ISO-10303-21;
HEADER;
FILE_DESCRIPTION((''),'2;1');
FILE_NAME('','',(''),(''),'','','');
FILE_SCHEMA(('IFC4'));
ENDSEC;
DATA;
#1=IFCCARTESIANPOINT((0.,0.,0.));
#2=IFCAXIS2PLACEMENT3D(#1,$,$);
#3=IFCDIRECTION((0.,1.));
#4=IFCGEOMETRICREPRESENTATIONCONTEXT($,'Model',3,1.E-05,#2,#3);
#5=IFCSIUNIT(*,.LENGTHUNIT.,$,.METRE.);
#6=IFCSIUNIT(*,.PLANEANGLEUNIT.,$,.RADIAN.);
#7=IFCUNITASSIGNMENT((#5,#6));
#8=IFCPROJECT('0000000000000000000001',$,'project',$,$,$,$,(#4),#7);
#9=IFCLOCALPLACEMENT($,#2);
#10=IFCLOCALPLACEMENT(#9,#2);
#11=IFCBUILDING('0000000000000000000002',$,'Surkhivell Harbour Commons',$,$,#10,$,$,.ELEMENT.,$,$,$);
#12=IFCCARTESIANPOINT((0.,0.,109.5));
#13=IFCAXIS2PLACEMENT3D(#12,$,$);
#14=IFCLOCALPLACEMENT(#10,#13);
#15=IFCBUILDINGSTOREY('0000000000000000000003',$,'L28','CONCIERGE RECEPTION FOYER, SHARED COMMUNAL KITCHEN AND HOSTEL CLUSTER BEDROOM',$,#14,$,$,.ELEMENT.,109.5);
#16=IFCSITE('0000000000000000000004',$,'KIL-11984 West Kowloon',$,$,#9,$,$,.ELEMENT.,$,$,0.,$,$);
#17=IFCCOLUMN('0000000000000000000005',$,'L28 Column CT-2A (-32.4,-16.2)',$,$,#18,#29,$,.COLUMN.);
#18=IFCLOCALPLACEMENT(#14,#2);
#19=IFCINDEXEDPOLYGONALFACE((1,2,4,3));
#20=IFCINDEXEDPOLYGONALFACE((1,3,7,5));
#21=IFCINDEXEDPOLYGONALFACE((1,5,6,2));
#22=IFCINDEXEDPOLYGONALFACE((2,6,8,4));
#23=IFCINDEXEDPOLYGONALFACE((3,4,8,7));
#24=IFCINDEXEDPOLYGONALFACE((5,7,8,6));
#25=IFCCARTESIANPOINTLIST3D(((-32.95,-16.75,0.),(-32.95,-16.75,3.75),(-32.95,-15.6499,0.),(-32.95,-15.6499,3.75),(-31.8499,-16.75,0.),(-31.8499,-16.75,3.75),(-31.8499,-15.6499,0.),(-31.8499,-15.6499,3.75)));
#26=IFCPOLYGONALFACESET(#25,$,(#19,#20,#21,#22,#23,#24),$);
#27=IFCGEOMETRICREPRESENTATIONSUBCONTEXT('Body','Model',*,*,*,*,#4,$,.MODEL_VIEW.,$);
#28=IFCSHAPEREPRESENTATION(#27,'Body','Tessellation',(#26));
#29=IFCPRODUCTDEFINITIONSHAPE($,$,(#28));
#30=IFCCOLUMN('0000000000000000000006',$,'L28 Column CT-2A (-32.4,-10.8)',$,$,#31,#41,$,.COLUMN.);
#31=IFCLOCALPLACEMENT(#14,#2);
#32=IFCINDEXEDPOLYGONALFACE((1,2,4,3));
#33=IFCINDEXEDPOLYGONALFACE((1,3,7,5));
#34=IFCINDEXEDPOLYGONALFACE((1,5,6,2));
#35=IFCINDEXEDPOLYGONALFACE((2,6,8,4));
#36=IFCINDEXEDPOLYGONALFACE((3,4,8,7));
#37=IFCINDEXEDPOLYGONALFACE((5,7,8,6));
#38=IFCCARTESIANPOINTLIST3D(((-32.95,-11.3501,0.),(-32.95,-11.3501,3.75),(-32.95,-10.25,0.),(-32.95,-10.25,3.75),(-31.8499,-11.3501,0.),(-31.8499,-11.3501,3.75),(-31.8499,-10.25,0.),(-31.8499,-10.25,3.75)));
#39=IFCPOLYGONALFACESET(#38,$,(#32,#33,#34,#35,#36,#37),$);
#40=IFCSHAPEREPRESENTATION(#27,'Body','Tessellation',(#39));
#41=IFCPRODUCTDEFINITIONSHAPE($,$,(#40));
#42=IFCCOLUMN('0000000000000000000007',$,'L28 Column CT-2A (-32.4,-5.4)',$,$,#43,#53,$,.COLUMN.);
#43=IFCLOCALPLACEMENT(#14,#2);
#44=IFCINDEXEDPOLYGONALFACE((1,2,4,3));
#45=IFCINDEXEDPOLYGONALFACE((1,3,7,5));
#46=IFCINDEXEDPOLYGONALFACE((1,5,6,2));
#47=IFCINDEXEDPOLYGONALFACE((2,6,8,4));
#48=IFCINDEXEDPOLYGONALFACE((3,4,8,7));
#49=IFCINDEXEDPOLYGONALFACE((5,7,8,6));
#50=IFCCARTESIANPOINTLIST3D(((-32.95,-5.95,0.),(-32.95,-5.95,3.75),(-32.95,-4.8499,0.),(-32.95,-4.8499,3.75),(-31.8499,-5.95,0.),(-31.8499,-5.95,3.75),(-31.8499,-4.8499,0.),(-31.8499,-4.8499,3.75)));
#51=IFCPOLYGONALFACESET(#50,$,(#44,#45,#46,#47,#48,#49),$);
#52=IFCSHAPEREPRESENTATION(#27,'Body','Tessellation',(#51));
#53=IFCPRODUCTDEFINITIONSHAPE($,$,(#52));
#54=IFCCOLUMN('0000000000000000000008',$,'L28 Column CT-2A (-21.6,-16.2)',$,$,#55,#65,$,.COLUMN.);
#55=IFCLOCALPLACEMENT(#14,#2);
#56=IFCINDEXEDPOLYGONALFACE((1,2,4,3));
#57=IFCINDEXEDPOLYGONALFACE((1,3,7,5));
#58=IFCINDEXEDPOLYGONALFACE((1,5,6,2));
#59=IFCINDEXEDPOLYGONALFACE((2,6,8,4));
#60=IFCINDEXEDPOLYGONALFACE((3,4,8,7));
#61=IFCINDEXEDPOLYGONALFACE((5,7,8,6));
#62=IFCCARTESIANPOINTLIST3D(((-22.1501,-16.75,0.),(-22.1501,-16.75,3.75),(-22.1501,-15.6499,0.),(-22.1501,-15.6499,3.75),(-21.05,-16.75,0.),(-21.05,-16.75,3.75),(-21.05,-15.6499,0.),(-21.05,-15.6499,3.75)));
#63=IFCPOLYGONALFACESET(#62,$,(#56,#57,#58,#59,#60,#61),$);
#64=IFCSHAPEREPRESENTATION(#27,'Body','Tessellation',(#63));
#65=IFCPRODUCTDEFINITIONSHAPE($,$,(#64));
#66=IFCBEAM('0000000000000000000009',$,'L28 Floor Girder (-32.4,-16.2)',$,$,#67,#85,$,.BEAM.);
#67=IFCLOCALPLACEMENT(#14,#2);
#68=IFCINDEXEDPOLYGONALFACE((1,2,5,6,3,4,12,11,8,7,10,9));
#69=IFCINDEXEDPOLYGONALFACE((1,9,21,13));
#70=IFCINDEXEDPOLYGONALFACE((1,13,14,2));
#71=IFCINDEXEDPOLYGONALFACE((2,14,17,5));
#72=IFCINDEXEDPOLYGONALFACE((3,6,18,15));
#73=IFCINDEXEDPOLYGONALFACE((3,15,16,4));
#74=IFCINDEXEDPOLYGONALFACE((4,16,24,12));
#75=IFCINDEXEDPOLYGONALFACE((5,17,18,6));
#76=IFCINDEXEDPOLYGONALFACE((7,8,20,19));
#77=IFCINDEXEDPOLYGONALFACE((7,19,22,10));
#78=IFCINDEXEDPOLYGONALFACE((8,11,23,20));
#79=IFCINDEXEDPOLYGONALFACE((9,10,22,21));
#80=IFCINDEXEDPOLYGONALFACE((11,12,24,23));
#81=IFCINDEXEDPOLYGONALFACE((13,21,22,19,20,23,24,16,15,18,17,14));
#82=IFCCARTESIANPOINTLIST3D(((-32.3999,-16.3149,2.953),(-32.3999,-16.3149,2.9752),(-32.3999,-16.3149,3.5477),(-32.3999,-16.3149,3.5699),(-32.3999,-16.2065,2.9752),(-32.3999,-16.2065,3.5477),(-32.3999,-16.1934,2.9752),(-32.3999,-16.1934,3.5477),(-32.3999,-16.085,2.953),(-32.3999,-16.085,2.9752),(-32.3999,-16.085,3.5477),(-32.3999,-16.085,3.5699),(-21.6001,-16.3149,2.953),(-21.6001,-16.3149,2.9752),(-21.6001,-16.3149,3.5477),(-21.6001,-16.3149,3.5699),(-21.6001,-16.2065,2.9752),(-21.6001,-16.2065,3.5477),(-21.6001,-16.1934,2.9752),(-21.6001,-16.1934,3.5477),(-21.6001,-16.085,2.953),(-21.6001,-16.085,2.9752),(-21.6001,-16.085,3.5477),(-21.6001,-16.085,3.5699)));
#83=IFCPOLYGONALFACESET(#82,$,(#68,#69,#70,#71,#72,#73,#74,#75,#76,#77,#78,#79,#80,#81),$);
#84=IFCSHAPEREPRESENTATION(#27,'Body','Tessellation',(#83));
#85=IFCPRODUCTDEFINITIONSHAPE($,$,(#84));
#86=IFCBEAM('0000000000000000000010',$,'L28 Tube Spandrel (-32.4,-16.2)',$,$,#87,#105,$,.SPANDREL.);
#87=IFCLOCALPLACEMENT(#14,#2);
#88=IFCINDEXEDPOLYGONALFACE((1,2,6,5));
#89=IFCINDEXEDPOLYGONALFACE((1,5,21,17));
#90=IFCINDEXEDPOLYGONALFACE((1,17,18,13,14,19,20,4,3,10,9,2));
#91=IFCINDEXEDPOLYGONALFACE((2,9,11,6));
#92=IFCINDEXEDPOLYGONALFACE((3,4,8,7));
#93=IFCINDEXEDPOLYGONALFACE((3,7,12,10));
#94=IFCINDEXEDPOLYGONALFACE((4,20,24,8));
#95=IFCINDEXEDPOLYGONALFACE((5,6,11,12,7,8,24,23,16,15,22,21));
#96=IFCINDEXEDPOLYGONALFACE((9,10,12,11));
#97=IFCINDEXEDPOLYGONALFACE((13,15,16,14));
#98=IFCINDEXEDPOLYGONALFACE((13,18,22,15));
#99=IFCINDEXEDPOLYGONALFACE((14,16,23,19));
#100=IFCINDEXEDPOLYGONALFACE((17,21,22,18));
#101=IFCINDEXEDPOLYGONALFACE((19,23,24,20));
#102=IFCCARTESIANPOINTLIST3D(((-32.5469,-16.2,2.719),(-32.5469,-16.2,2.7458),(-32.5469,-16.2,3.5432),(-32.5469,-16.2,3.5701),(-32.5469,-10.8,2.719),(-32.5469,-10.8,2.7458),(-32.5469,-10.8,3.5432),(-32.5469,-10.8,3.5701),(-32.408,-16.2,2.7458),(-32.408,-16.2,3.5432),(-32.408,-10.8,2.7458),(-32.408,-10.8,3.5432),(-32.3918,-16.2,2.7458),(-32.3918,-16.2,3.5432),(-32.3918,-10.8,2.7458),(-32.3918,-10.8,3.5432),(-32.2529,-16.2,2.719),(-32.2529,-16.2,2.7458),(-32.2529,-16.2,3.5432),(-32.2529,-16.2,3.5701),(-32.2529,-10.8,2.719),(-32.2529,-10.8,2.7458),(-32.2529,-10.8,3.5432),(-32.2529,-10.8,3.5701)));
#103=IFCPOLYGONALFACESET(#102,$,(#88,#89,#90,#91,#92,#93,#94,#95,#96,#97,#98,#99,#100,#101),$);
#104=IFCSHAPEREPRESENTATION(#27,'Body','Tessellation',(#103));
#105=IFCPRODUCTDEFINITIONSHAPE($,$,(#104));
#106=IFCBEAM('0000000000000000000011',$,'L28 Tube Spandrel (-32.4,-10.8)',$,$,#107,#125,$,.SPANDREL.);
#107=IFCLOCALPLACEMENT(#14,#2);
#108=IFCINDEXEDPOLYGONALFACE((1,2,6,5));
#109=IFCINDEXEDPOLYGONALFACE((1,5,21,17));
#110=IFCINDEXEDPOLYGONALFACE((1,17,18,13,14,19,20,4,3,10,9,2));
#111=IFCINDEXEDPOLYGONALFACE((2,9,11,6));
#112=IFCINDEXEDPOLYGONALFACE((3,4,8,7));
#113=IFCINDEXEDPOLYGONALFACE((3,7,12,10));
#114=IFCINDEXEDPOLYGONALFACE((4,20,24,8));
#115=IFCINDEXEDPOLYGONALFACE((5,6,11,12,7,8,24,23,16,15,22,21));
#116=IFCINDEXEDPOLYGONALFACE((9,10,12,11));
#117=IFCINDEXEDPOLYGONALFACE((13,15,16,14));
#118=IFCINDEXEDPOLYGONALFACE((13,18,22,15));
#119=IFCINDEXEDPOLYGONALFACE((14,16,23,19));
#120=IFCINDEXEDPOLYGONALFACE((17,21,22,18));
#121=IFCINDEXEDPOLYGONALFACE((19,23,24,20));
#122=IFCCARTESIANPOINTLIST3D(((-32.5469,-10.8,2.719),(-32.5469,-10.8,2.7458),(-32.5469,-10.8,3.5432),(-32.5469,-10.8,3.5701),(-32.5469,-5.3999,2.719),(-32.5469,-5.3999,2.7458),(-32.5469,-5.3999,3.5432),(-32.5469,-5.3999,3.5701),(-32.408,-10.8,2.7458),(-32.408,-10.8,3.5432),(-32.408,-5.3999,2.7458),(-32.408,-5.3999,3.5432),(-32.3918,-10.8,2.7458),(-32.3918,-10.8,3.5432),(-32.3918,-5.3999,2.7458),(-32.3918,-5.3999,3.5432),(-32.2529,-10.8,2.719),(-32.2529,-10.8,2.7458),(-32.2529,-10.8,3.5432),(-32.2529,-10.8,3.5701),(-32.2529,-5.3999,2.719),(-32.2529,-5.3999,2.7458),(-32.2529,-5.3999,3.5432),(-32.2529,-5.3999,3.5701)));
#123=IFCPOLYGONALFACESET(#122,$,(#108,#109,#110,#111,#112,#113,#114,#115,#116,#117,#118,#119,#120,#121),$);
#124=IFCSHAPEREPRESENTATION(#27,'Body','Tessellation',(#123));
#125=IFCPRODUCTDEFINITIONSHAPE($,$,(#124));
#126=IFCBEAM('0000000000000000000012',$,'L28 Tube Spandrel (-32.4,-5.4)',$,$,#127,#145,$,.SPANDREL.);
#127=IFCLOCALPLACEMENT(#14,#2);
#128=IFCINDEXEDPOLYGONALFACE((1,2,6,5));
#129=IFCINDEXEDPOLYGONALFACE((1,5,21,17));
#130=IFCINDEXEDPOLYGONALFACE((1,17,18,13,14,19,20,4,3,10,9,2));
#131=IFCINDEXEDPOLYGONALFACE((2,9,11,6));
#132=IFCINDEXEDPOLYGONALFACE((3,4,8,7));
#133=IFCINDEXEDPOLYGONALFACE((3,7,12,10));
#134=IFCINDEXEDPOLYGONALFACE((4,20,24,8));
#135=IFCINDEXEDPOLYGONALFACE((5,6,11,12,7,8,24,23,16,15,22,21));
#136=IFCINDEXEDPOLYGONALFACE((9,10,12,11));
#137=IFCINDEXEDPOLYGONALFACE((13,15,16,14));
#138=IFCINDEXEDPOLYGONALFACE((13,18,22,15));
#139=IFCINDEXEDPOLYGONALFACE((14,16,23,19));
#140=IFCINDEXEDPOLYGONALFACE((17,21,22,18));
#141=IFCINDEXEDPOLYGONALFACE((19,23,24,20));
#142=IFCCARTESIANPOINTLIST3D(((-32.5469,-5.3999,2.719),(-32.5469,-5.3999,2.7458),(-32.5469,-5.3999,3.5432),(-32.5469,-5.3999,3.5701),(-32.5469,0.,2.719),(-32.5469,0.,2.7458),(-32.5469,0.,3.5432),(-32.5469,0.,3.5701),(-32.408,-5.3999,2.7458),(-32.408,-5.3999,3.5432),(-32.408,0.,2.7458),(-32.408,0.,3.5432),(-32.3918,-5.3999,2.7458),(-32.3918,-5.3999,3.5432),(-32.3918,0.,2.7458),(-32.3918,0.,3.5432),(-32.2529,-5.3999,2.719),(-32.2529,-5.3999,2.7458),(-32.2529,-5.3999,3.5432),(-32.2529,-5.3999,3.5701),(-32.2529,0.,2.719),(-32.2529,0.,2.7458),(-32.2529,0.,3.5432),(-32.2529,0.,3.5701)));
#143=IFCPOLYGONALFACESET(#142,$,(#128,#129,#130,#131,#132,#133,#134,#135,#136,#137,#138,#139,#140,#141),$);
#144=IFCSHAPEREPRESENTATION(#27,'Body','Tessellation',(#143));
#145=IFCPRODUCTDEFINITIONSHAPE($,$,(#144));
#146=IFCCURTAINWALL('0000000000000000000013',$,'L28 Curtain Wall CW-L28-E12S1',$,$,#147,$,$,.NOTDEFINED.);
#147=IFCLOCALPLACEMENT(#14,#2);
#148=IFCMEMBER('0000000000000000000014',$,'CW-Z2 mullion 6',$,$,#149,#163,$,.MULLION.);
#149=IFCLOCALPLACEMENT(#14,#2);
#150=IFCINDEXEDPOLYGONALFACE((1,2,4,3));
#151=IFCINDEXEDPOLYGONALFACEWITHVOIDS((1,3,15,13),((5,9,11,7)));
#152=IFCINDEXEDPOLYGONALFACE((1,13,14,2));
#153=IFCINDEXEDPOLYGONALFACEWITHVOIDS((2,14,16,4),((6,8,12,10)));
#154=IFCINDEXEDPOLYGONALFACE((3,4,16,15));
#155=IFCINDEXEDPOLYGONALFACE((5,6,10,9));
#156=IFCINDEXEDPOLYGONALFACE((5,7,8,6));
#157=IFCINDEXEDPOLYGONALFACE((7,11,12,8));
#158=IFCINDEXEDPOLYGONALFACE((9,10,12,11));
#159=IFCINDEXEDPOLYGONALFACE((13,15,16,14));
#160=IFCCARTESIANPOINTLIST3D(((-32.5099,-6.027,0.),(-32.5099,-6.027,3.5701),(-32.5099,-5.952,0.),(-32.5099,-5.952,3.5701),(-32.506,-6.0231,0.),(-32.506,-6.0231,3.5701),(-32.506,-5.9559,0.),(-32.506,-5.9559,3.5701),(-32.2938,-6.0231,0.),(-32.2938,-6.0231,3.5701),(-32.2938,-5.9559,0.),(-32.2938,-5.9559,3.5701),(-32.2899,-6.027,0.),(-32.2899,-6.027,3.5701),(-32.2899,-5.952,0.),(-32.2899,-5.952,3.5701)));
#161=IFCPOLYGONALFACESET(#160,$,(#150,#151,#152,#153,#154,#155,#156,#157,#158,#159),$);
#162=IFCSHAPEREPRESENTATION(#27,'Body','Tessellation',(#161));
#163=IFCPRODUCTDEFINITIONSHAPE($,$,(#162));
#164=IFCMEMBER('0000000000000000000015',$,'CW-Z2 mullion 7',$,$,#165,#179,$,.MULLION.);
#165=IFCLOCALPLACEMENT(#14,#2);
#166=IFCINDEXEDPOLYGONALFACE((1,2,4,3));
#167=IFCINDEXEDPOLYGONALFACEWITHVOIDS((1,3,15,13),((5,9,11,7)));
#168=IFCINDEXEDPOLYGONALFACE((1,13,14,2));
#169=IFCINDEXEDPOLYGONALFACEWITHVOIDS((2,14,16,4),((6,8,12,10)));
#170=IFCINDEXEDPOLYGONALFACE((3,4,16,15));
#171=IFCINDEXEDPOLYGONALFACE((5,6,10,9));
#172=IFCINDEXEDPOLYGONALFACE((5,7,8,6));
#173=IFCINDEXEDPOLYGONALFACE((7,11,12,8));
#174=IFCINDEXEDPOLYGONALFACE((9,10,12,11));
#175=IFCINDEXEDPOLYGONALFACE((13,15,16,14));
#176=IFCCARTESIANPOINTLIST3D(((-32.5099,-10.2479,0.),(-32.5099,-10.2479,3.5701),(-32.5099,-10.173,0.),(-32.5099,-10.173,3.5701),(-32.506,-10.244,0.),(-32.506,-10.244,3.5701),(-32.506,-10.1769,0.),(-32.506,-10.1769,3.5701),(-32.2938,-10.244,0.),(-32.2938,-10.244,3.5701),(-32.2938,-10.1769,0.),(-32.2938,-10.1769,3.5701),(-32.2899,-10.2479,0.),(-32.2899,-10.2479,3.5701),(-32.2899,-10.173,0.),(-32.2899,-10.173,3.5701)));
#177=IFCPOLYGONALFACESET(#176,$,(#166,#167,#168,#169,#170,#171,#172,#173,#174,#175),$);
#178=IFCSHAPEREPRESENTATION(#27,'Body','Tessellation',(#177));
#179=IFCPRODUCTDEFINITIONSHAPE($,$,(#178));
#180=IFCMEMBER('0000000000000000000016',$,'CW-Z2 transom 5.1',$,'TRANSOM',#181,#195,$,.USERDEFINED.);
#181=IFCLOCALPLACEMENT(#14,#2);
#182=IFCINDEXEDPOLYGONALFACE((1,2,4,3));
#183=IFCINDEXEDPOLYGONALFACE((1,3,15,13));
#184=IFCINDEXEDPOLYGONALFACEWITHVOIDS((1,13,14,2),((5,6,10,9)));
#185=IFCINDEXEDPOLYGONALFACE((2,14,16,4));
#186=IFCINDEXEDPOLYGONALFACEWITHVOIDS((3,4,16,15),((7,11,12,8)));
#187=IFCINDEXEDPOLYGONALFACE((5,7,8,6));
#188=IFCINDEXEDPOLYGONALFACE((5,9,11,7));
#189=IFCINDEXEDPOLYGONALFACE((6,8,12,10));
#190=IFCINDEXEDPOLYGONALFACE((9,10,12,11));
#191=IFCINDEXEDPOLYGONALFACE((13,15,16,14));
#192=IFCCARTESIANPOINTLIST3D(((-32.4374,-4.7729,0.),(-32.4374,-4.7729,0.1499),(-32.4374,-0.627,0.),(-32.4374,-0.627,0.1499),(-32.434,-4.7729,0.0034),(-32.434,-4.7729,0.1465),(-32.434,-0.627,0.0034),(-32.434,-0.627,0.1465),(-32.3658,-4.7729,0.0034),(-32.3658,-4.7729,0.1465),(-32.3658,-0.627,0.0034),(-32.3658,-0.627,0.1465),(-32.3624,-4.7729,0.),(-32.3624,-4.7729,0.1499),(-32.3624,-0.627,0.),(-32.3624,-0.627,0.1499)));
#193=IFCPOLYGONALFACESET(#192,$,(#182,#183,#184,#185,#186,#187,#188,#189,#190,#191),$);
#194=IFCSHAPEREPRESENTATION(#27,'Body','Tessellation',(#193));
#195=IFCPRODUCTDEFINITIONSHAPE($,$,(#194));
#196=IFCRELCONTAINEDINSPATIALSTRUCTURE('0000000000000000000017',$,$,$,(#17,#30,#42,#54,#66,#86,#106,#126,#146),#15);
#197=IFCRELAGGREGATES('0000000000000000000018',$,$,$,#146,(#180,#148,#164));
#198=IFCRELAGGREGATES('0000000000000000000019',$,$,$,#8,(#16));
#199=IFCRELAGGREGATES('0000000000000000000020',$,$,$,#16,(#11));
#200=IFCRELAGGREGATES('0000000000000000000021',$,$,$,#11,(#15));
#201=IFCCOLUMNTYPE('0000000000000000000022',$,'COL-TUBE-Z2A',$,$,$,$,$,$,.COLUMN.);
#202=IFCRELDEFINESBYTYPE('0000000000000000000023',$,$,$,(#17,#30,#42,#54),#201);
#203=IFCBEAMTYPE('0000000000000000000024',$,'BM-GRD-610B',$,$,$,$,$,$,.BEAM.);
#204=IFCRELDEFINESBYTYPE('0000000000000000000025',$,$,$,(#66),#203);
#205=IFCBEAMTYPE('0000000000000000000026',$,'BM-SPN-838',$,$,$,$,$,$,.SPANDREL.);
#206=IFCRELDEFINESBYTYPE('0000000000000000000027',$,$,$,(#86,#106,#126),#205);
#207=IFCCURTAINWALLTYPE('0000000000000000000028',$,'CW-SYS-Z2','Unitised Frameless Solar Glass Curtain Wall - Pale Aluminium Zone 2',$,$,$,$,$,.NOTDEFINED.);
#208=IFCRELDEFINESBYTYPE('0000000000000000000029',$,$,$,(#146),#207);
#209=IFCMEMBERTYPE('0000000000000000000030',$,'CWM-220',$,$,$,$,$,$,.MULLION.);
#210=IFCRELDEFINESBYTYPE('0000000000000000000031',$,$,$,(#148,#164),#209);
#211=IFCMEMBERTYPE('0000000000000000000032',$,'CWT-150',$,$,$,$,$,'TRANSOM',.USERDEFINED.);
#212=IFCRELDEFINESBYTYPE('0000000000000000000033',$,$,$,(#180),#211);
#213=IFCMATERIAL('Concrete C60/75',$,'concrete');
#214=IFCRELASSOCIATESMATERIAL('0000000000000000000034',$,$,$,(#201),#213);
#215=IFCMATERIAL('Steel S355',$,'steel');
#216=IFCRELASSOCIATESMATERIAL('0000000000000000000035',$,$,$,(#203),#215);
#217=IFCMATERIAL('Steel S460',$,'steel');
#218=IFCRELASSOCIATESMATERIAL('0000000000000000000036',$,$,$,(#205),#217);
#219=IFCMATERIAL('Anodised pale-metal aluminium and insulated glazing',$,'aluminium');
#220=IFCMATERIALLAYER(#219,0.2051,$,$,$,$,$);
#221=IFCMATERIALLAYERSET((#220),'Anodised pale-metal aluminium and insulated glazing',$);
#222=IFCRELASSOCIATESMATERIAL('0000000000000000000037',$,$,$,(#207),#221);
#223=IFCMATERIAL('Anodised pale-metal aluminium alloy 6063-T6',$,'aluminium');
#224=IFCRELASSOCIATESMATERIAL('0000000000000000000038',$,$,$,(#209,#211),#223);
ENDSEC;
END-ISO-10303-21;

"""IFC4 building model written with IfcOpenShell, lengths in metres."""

from ifc_helpers import new_model, si_unit, direction, frame, origin, origin_2d, place, context, subcontext, project, spatial, rectangle, hollow_rectangle, i_section, extrude, material, layer, layer_set, material_profile, profile_set, type_object, element, aggregate, save


model = new_model("IFC4")

# Units and contexts
model_context = context("Model", 3, precision=1e-05, world=origin(), true_north=direction((0.0, 1.0)))
body_context = subcontext(model_context, "Body", "Model", "MODEL_VIEW")
ifc_project = project(units=[si_unit("LENGTHUNIT", "METRE"), si_unit("PLANEANGLEUNIT", "RADIAN")], contexts=[model_context])

# Site, building, storey
site_placement = place(None, origin())
site = spatial("IfcSite", under=ifc_project, at=site_placement, Name="KIL-11984 West Kowloon", CompositionType="ELEMENT", RefElevation=0.0)
building_placement = place(site_placement, origin())
building = spatial("IfcBuilding", under=site, at=building_placement, Name="Surkhivell Harbour Commons", CompositionType="ELEMENT")
storey_placement = place(building_placement, frame((0.0, 0.0, 109.5)))
storey = spatial("IfcBuildingStorey", under=building, at=storey_placement, Name="L28", Description="CONCIERGE RECEPTION FOYER, SHARED COMMUNAL KITCHEN AND HOSTEL CLUSTER BEDROOM", CompositionType="ELEMENT", Elevation=109.5)

# Columns
ifc_material_1 = material(Name="Concrete C60/75", Category="concrete")
ifc_material_profile_1 = material_profile(ifc_material_1, rectangle(XDim=1.1001, YDim=1.1001, at=origin_2d()), Name="RC-COL-1100x1100")
ifc_profile_set_1 = profile_set([ifc_material_profile_1], Name="Concrete C60/75")
column_type = type_object("IfcColumnType", Name="COL-TUBE-Z2A", PredefinedType="COLUMN", material=ifc_profile_set_1)
for number, where, z_axis, x_axis, name in (
    (1, (-32.3999, -16.2, 0.0), (0.0, 0.0, 1.0), (1.0, 0.0, 0.0), "L28 Column CT-2A (-32.4,-16.2)"),
    (2, (-32.3999, -10.8, 0.0), (0.0, 0.0, 1.0), (1.0, 0.0, 0.0), "L28 Column CT-2A (-32.4,-10.8)"),
    (3, (-32.3999, -5.3999, 0.0), (0.0, 0.0, 1.0), (1.0, 0.0, 0.0), "L28 Column CT-2A (-32.4,-5.4)"),
    (4, (-21.6001, -16.2, 0.0), (0.0, 0.0, 1.0), (1.0, 0.0, 0.0), "L28 Column CT-2A (-21.6,-16.2)"),
):
    element("IfcColumn", number, at=place(storey_placement, frame(where, z_axis=z_axis, x_axis=x_axis)), inside=storey, type_object=column_type, Name=name, PredefinedType="COLUMN", context=body_context, shape_type="SweptSolid", body=[
        extrude(rectangle(XDim=1.1001, YDim=1.1001, at=origin_2d()), origin(), (0.0, 0.0, 1.0), 3.75),
    ])

# Beams
ifc_material_2 = material(Name="Steel S355", Category="steel")
ifc_material_profile_2 = material_profile(ifc_material_2, i_section(OverallWidth=0.23, OverallDepth=0.6169, WebThickness=0.0132, FlangeThickness=0.0222, at=origin_2d()), Name="UB610x229x140")
ifc_profile_set_2 = profile_set([ifc_material_profile_2], Name="Steel S355")
beam_type_1 = type_object("IfcBeamType", Name="BM-GRD-610B", PredefinedType="BEAM", material=ifc_profile_set_2)
beam_1_placement = place(storey_placement, frame((-32.3999, -16.2, 3.2615), z_axis=(1.0, 0.0, 0.0), x_axis=(0.0, 1.0, 0.0)))
element("IfcBeam", 5, at=beam_1_placement, inside=storey, type_object=beam_type_1, Name="L28 Floor Girder (-32.4,-16.2)", PredefinedType="BEAM", context=body_context, shape_type="SweptSolid", body=[
    extrude(i_section(OverallWidth=0.23, OverallDepth=0.6169, WebThickness=0.0132, FlangeThickness=0.0222, at=origin_2d()), origin(), (0.0, 0.0, 1.0), 10.7998),
])
ifc_material_3 = material(Name="Steel S460", Category="steel")
ifc_material_profile_3 = material_profile(ifc_material_3, i_section(OverallWidth=0.2939, OverallDepth=0.8511, WebThickness=0.0161, FlangeThickness=0.0269, at=origin_2d()), Name="UB838x292x226")
ifc_profile_set_3 = profile_set([ifc_material_profile_3], Name="Steel S460")
beam_type_2 = type_object("IfcBeamType", Name="BM-SPN-838", PredefinedType="SPANDREL", material=ifc_profile_set_3)
beam_2_placement = place(storey_placement, frame((-32.3999, -16.2, 3.1445), z_axis=(0.0, 1.0, 0.0), x_axis=(-1.0, 0.0, 0.0)))
element("IfcBeam", 6, at=beam_2_placement, inside=storey, type_object=beam_type_2, Name="L28 Tube Spandrel (-32.4,-16.2)", PredefinedType="SPANDREL", context=body_context, shape_type="SweptSolid", body=[
    extrude(i_section(OverallWidth=0.2939, OverallDepth=0.8511, WebThickness=0.0161, FlangeThickness=0.0269, at=origin_2d()), origin(), (0.0, 0.0, 1.0), 5.3999),
])
beam_3_placement = place(storey_placement, frame((-32.3999, -10.8, 3.1445), z_axis=(0.0, 1.0, 0.0), x_axis=(-1.0, 0.0, 0.0)))
element("IfcBeam", 7, at=beam_3_placement, inside=storey, type_object=beam_type_2, Name="L28 Tube Spandrel (-32.4,-10.8)", PredefinedType="SPANDREL", context=body_context, shape_type="SweptSolid", body=[
    extrude(i_section(OverallWidth=0.2939, OverallDepth=0.8511, WebThickness=0.0161, FlangeThickness=0.0269, at=origin_2d()), origin(), (0.0, 0.0, 1.0), 5.4001),
])
beam_4_placement = place(storey_placement, frame((-32.3999, -5.3999, 3.1445), z_axis=(0.0, 1.0, 0.0), x_axis=(-1.0, 0.0, 0.0)))
element("IfcBeam", 8, at=beam_4_placement, inside=storey, type_object=beam_type_2, Name="L28 Tube Spandrel (-32.4,-5.4)", PredefinedType="SPANDREL", context=body_context, shape_type="SweptSolid", body=[
    extrude(i_section(OverallWidth=0.2939, OverallDepth=0.8511, WebThickness=0.0161, FlangeThickness=0.0269, at=origin_2d()), origin(), (0.0, 0.0, 1.0), 5.3999),
])

# Curtain wall, members
ifc_material_4 = material(Name="Anodised pale-metal aluminium and insulated glazing", Category="aluminium")
ifc_layer_1 = layer(ifc_material_4, 0.2051)
ifc_layer_set_1 = layer_set([ifc_layer_1], Name="Anodised pale-metal aluminium and insulated glazing")
curtain_wall_type = type_object("IfcCurtainWallType", Name="CW-SYS-Z2", Description="Unitised Frameless Solar Glass Curtain Wall - Pale Aluminium Zone 2", PredefinedType="NOTDEFINED", material=ifc_layer_set_1)
curtain_wall_placement = place(storey_placement, origin())
curtain_wall = element("IfcCurtainWall", 9, at=curtain_wall_placement, inside=storey, type_object=curtain_wall_type, Name="L28 Curtain Wall CW-L28-E12S1", PredefinedType="NOTDEFINED")
ifc_material_5 = material(Name="Anodised pale-metal aluminium alloy 6063-T6", Category="aluminium")
ifc_material_profile_4 = material_profile(ifc_material_5, hollow_rectangle(XDim=0.075, YDim=0.22, WallThickness=0.0039, at=origin_2d()), Name="ALU-MULL-75x220")
ifc_profile_set_4 = profile_set([ifc_material_profile_4], Name="Anodised pale-metal aluminium alloy 6063-T6")
member_type_1 = type_object("IfcMemberType", Name="CWM-220", PredefinedType="MULLION", material=ifc_profile_set_4)
member_1_placement = place(storey_placement, frame((-32.3999, -5.9895, 0.0), z_axis=(0.0, 0.0, 1.0), x_axis=(0.0, -1.0, 0.0)))
member_1 = element("IfcMember", 10, at=member_1_placement, type_object=member_type_1, Name="CW-Z2 mullion 6", PredefinedType="MULLION", context=body_context, shape_type="SweptSolid", body=[
    extrude(hollow_rectangle(XDim=0.075, YDim=0.22, WallThickness=0.0039, at=origin_2d()), origin(), (0.0, 0.0, 1.0), 3.5701),
])
member_2_placement = place(storey_placement, frame((-32.3999, -10.2104, 0.0), z_axis=(0.0, 0.0, 1.0), x_axis=(0.0, -1.0, 0.0)))
member_2 = element("IfcMember", 11, at=member_2_placement, type_object=member_type_1, Name="CW-Z2 mullion 7", PredefinedType="MULLION", context=body_context, shape_type="SweptSolid", body=[
    extrude(hollow_rectangle(XDim=0.075, YDim=0.22, WallThickness=0.0039, at=origin_2d()), origin(), (0.0, 0.0, 1.0), 3.5701),
])
ifc_material_profile_5 = material_profile(ifc_material_5, hollow_rectangle(XDim=0.075, YDim=0.1499, WallThickness=0.0034, at=origin_2d()), Name="ALU-TRAN-75x150")
ifc_profile_set_5 = profile_set([ifc_material_profile_5], Name="Anodised pale-metal aluminium alloy 6063-T6")
member_type_2 = type_object("IfcMemberType", Name="CWT-150", ElementType="TRANSOM", PredefinedType="USERDEFINED", material=ifc_profile_set_5)
member_3_placement = place(storey_placement, frame((-32.3999, -0.627, 0.075), z_axis=(0.0, -1.0, 0.0), x_axis=(1.0, 0.0, 0.0)))
member_3 = element("IfcMember", 12, at=member_3_placement, type_object=member_type_2, Name="CW-Z2 transom 5.1", ObjectType="TRANSOM", PredefinedType="USERDEFINED", context=body_context, shape_type="SweptSolid", body=[
    extrude(hollow_rectangle(XDim=0.075, YDim=0.1499, WallThickness=0.0034, at=origin_2d()), origin(), (0.0, 0.0, 1.0), 4.146),
])

aggregate(curtain_wall, [member_3, member_1, member_2])

save(model, "model.ifc")
